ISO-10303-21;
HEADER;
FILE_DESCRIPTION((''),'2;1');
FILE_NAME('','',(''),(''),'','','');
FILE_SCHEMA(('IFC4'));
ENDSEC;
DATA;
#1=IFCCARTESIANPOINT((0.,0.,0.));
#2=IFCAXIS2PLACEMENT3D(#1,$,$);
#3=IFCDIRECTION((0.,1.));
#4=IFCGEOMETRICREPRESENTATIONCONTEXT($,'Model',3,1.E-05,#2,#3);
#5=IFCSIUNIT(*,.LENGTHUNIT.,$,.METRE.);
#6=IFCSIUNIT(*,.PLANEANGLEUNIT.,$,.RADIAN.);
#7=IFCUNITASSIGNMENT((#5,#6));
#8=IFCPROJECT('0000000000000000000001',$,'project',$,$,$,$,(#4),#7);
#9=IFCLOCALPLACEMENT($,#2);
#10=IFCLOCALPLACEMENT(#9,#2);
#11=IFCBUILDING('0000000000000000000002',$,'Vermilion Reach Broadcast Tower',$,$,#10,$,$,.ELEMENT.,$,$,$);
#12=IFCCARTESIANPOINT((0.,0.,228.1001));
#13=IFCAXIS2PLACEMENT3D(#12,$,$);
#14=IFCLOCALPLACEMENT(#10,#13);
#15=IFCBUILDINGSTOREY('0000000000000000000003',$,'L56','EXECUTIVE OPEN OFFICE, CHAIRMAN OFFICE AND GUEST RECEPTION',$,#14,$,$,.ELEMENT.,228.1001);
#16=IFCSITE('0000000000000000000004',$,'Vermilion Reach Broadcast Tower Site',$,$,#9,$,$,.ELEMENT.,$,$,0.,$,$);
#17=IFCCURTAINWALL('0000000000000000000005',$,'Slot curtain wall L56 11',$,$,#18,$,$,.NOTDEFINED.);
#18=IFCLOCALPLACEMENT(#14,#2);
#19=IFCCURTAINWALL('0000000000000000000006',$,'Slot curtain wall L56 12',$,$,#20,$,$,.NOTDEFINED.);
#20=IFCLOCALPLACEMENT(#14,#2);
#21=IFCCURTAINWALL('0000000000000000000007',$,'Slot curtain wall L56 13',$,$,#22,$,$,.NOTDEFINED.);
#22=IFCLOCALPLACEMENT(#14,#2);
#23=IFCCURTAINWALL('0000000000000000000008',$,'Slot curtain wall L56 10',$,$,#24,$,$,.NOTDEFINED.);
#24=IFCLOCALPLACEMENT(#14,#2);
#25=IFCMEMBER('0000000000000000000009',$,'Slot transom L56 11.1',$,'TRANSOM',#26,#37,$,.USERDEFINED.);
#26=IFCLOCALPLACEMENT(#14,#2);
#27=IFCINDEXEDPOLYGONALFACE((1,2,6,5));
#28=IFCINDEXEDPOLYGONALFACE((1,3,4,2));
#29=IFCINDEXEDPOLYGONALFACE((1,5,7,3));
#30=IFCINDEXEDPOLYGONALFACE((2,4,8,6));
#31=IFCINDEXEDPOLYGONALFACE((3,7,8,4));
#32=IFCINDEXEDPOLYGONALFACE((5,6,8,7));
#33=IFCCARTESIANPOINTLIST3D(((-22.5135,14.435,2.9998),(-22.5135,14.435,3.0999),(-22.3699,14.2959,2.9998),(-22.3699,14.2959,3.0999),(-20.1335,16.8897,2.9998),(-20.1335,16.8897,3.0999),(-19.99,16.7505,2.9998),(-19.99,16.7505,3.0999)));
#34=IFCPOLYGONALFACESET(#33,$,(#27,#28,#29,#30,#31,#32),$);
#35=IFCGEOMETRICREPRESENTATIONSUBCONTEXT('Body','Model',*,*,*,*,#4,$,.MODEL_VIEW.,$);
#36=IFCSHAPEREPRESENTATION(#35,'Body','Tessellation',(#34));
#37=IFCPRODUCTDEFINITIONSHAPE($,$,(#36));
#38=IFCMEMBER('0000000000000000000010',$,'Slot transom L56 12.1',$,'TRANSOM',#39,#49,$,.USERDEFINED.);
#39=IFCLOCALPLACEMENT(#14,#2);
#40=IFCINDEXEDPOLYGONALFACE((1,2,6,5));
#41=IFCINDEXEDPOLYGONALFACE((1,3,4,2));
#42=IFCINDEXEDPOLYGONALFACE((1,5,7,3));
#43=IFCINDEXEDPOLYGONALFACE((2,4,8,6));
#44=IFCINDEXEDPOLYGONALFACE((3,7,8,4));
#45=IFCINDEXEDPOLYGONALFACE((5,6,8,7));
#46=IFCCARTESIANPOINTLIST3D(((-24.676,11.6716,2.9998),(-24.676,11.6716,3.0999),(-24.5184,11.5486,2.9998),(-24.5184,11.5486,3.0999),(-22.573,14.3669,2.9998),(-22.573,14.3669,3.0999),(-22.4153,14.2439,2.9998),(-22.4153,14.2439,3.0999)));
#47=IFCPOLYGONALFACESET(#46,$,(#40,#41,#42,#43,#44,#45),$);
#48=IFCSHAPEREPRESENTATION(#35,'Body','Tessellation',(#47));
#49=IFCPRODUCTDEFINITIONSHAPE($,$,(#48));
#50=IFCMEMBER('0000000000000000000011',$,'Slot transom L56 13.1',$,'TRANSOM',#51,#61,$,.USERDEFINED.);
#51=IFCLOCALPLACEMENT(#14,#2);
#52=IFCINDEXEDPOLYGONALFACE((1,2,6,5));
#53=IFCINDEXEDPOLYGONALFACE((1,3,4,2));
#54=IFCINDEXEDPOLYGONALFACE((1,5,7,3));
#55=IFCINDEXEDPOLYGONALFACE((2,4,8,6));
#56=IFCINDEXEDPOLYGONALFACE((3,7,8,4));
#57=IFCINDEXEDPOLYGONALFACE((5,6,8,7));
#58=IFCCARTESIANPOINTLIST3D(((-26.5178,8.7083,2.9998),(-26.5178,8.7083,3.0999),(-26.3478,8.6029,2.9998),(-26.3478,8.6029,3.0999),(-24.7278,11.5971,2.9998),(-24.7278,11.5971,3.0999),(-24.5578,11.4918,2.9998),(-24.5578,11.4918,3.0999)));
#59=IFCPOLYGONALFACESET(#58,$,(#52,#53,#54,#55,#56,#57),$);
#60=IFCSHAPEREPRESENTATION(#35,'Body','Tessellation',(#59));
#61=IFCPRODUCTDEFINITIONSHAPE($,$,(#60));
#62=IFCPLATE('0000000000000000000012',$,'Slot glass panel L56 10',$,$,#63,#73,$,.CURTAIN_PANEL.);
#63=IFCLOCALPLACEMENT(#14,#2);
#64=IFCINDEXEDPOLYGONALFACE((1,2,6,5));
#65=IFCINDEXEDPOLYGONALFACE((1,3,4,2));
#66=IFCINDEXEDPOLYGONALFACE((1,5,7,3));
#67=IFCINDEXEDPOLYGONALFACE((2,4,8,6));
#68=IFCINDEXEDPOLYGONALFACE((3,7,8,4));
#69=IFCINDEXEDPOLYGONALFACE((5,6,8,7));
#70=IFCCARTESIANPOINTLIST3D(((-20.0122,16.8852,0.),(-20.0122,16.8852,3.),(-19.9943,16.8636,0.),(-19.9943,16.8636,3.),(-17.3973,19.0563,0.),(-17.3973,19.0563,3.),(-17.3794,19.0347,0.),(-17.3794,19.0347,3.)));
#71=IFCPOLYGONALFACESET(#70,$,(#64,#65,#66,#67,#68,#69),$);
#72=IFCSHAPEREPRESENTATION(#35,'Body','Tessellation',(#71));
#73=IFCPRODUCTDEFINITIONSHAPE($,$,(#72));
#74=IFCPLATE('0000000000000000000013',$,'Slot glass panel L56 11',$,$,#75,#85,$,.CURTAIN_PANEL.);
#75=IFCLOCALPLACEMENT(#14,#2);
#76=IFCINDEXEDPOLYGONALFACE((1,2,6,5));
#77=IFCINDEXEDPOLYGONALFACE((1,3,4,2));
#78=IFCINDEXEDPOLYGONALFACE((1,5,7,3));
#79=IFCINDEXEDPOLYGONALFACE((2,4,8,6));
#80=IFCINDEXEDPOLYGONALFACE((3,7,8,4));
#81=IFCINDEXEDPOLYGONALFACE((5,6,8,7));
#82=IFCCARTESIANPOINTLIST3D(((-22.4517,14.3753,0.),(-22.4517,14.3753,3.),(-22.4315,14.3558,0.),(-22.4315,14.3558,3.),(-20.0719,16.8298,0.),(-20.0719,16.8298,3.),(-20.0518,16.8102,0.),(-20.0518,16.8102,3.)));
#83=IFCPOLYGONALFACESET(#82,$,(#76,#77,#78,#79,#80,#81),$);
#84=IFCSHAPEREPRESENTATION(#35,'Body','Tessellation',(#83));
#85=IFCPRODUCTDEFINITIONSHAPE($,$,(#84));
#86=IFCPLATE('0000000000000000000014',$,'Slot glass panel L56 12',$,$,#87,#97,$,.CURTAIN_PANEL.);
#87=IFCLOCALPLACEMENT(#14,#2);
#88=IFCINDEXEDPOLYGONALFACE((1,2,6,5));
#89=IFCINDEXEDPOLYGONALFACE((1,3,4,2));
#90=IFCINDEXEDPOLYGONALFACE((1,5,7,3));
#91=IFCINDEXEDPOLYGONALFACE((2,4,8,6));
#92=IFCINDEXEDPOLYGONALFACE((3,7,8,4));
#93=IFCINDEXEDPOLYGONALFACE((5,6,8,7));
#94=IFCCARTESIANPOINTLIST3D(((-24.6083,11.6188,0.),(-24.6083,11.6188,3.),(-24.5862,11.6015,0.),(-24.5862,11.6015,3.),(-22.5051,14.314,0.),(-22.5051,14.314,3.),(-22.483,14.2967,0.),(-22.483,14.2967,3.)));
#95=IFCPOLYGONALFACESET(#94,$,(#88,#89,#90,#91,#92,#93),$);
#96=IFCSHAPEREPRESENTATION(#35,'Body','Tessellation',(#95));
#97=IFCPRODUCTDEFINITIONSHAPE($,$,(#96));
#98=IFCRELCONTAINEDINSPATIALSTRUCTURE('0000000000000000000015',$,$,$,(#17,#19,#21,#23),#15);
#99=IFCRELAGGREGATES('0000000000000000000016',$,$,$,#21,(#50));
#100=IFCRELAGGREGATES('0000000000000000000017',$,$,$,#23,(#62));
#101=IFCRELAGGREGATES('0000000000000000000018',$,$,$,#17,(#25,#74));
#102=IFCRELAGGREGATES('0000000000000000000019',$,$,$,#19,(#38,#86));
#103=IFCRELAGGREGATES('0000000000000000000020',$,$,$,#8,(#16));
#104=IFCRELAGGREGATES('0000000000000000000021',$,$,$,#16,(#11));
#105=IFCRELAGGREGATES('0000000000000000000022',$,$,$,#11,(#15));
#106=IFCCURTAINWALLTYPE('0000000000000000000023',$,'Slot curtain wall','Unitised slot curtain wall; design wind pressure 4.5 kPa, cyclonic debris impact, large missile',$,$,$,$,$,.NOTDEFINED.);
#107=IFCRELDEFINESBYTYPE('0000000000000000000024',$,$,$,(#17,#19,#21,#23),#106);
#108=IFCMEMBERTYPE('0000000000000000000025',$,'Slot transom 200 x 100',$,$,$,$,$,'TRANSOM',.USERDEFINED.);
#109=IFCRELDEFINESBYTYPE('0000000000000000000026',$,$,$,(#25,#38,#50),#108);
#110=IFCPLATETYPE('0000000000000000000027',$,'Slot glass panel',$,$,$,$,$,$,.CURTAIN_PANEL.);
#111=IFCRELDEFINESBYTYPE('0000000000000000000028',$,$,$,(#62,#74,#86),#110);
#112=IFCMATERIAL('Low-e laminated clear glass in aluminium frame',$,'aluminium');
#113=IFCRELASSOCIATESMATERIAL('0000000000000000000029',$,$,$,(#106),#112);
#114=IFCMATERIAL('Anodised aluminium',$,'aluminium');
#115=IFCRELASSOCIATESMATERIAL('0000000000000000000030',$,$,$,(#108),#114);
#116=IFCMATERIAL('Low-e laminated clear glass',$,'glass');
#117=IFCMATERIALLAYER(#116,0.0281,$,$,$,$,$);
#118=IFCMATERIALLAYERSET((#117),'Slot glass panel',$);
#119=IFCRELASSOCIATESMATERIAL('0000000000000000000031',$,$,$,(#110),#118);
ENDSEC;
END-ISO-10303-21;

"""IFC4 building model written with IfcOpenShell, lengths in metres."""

from ifc_helpers import new_model, si_unit, direction, frame, origin, origin_2d, place, context, subcontext, project, spatial, rectangle, extrude, material, layer, layer_set, material_profile, profile_set, type_object, element, aggregate, save


model = new_model("IFC4")

# Units and contexts
model_context = context("Model", 3, precision=1e-05, world=origin(), true_north=direction((0.0, 1.0)))
body_context = subcontext(model_context, "Body", "Model", "MODEL_VIEW")
ifc_project = project(units=[si_unit("LENGTHUNIT", "METRE"), si_unit("PLANEANGLEUNIT", "RADIAN")], contexts=[model_context])

# Site, building, storey
site_placement = place(None, origin())
site = spatial("IfcSite", under=ifc_project, at=site_placement, Name="Vermilion Reach Broadcast Tower Site", CompositionType="ELEMENT", RefElevation=0.0)
building_placement = place(site_placement, origin())
building = spatial("IfcBuilding", under=site, at=building_placement, Name="Vermilion Reach Broadcast Tower", CompositionType="ELEMENT")
storey_placement = place(building_placement, frame((0.0, 0.0, 228.1001)))
storey = spatial("IfcBuildingStorey", under=building, at=storey_placement, Name="L56", Description="EXECUTIVE OPEN OFFICE, CHAIRMAN OFFICE AND GUEST RECEPTION", CompositionType="ELEMENT", Elevation=228.1001)

# Curtain walls
ifc_material_1 = material(Name="Low-e laminated clear glass in aluminium frame", Category="aluminium")
curtain_wall_type = type_object("IfcCurtainWallType", Name="Slot curtain wall", Description="Unitised slot curtain wall; design wind pressure 4.5 kPa, cyclonic debris impact, large missile", PredefinedType="NOTDEFINED", material=ifc_material_1)
placement = place(storey_placement, origin())
curtain_wall_1 = element("IfcCurtainWall", 1, at=placement, inside=storey, type_object=curtain_wall_type, Name="Slot curtain wall L56 11", PredefinedType="NOTDEFINED")
curtain_wall_2 = element("IfcCurtainWall", 2, at=placement, inside=storey, type_object=curtain_wall_type, Name="Slot curtain wall L56 12", PredefinedType="NOTDEFINED")
curtain_wall_3 = element("IfcCurtainWall", 3, at=placement, inside=storey, type_object=curtain_wall_type, Name="Slot curtain wall L56 13", PredefinedType="NOTDEFINED")
curtain_wall_4 = element("IfcCurtainWall", 4, at=placement, inside=storey, type_object=curtain_wall_type, Name="Slot curtain wall L56 10", PredefinedType="NOTDEFINED")
ifc_material_2 = material(Name="Anodised aluminium", Category="aluminium")
ifc_material_profile_1 = material_profile(ifc_material_2, rectangle(XDim=0.2, YDim=0.1001, at=origin_2d()), Name="Slot transom 200 x 100")
ifc_profile_set_1 = profile_set([ifc_material_profile_1], Name="Anodised aluminium")
member_type_1 = type_object("IfcMemberType", Name="Slot transom 200 x 100", ElementType="TRANSOM", PredefinedType="USERDEFINED", material=ifc_profile_set_1)

# Members
member_1_placement = place(storey_placement, frame((-20.0618, 16.8201, 3.0498), z_axis=(-0.696097, -0.717948, 0.0), x_axis=(0.717948, -0.696097, 0.0)))
member_1 = element("IfcMember", 5, at=member_1_placement, type_object=member_type_1, Name="Slot transom L56 11.1", ObjectType="TRANSOM", PredefinedType="USERDEFINED", context=body_context, shape_type="SweptSolid", body=[
    extrude(rectangle(XDim=0.2, YDim=0.1001, at=origin_2d()), origin(), (0.0, 0.0, 1.0), 3.4189),
])
member_2_placement = place(storey_placement, frame((-22.4941, 14.3054, 3.0498), z_axis=(-0.615156, -0.788405, 0.0), x_axis=(0.788405, -0.615156, 0.0)))
member_2 = element("IfcMember", 6, at=member_2_placement, type_object=member_type_1, Name="Slot transom L56 12.1", ObjectType="TRANSOM", PredefinedType="USERDEFINED", context=body_context, shape_type="SweptSolid", body=[
    extrude(rectangle(XDim=0.2, YDim=0.1001, at=origin_2d()), origin(), (0.0, 0.0, 1.0), 3.4187),
])
member_3_placement = place(storey_placement, frame((-24.6428, 11.5444, 3.0498), z_axis=(-0.526708, -0.850046, 0.0), x_axis=(0.850046, -0.526708, 0.0)))
member_3 = element("IfcMember", 7, at=member_3_placement, type_object=member_type_1, Name="Slot transom L56 13.1", ObjectType="TRANSOM", PredefinedType="USERDEFINED", context=body_context, shape_type="SweptSolid", body=[
    extrude(rectangle(XDim=0.2, YDim=0.1001, at=origin_2d()), origin(), (0.0, 0.0, 1.0), 3.3984),
])
aggregate(curtain_wall_3, [member_3])

# Plates
ifc_material_3 = material(Name="Low-e laminated clear glass", Category="glass")
ifc_layer = layer(ifc_material_3, 0.0281)
ifc_layer_set = layer_set([ifc_layer], Name="Slot glass panel")
plate_type = type_object("IfcPlateType", Name="Slot glass panel", PredefinedType="CURTAIN_PANEL", material=ifc_layer_set)
plate_1_placement = place(storey_placement, frame((-18.6958, 17.96, 0.0), z_axis=(0.0, 0.0, 1.0), x_axis=(-0.769372, -0.638801, 0.0)))
plate_1 = element("IfcPlate", 8, at=plate_1_placement, type_object=plate_type, Name="Slot glass panel L56 10", PredefinedType="CURTAIN_PANEL", context=body_context, shape_type="SweptSolid", body=[
    extrude(rectangle(XDim=3.3987, YDim=0.0281, at=origin_2d()), origin(), (0.0, 0.0, 1.0), 3.0),
])
aggregate(curtain_wall_4, [plate_1])
plate_2_placement = place(storey_placement, frame((-21.2517, 15.5928, 0.0), z_axis=(0.0, 0.0, 1.0), x_axis=(-0.696092, -0.717952, 0.0)))
plate_2 = element("IfcPlate", 9, at=plate_2_placement, type_object=plate_type, Name="Slot glass panel L56 11", PredefinedType="CURTAIN_PANEL", context=body_context, shape_type="SweptSolid", body=[
    extrude(rectangle(XDim=3.4187, YDim=0.0281, at=origin_2d()), origin(), (0.0, 0.0, 1.0), 3.0),
])
aggregate(curtain_wall_1, [member_1, plate_2])
plate_3_placement = place(storey_placement, frame((-23.5457, 12.9578, 0.0), z_axis=(0.0, 0.0, 1.0), x_axis=(-0.615189, -0.788379, 0.0)))
plate_3 = element("IfcPlate", 10, at=plate_3_placement, type_object=plate_type, Name="Slot glass panel L56 12", PredefinedType="CURTAIN_PANEL", context=body_context, shape_type="SweptSolid", body=[
    extrude(rectangle(XDim=3.4187, YDim=0.0281, at=origin_2d()), origin(), (0.0, 0.0, 1.0), 3.0),
])
aggregate(curtain_wall_2, [member_2, plate_3])

save(model, "model.ifc")
